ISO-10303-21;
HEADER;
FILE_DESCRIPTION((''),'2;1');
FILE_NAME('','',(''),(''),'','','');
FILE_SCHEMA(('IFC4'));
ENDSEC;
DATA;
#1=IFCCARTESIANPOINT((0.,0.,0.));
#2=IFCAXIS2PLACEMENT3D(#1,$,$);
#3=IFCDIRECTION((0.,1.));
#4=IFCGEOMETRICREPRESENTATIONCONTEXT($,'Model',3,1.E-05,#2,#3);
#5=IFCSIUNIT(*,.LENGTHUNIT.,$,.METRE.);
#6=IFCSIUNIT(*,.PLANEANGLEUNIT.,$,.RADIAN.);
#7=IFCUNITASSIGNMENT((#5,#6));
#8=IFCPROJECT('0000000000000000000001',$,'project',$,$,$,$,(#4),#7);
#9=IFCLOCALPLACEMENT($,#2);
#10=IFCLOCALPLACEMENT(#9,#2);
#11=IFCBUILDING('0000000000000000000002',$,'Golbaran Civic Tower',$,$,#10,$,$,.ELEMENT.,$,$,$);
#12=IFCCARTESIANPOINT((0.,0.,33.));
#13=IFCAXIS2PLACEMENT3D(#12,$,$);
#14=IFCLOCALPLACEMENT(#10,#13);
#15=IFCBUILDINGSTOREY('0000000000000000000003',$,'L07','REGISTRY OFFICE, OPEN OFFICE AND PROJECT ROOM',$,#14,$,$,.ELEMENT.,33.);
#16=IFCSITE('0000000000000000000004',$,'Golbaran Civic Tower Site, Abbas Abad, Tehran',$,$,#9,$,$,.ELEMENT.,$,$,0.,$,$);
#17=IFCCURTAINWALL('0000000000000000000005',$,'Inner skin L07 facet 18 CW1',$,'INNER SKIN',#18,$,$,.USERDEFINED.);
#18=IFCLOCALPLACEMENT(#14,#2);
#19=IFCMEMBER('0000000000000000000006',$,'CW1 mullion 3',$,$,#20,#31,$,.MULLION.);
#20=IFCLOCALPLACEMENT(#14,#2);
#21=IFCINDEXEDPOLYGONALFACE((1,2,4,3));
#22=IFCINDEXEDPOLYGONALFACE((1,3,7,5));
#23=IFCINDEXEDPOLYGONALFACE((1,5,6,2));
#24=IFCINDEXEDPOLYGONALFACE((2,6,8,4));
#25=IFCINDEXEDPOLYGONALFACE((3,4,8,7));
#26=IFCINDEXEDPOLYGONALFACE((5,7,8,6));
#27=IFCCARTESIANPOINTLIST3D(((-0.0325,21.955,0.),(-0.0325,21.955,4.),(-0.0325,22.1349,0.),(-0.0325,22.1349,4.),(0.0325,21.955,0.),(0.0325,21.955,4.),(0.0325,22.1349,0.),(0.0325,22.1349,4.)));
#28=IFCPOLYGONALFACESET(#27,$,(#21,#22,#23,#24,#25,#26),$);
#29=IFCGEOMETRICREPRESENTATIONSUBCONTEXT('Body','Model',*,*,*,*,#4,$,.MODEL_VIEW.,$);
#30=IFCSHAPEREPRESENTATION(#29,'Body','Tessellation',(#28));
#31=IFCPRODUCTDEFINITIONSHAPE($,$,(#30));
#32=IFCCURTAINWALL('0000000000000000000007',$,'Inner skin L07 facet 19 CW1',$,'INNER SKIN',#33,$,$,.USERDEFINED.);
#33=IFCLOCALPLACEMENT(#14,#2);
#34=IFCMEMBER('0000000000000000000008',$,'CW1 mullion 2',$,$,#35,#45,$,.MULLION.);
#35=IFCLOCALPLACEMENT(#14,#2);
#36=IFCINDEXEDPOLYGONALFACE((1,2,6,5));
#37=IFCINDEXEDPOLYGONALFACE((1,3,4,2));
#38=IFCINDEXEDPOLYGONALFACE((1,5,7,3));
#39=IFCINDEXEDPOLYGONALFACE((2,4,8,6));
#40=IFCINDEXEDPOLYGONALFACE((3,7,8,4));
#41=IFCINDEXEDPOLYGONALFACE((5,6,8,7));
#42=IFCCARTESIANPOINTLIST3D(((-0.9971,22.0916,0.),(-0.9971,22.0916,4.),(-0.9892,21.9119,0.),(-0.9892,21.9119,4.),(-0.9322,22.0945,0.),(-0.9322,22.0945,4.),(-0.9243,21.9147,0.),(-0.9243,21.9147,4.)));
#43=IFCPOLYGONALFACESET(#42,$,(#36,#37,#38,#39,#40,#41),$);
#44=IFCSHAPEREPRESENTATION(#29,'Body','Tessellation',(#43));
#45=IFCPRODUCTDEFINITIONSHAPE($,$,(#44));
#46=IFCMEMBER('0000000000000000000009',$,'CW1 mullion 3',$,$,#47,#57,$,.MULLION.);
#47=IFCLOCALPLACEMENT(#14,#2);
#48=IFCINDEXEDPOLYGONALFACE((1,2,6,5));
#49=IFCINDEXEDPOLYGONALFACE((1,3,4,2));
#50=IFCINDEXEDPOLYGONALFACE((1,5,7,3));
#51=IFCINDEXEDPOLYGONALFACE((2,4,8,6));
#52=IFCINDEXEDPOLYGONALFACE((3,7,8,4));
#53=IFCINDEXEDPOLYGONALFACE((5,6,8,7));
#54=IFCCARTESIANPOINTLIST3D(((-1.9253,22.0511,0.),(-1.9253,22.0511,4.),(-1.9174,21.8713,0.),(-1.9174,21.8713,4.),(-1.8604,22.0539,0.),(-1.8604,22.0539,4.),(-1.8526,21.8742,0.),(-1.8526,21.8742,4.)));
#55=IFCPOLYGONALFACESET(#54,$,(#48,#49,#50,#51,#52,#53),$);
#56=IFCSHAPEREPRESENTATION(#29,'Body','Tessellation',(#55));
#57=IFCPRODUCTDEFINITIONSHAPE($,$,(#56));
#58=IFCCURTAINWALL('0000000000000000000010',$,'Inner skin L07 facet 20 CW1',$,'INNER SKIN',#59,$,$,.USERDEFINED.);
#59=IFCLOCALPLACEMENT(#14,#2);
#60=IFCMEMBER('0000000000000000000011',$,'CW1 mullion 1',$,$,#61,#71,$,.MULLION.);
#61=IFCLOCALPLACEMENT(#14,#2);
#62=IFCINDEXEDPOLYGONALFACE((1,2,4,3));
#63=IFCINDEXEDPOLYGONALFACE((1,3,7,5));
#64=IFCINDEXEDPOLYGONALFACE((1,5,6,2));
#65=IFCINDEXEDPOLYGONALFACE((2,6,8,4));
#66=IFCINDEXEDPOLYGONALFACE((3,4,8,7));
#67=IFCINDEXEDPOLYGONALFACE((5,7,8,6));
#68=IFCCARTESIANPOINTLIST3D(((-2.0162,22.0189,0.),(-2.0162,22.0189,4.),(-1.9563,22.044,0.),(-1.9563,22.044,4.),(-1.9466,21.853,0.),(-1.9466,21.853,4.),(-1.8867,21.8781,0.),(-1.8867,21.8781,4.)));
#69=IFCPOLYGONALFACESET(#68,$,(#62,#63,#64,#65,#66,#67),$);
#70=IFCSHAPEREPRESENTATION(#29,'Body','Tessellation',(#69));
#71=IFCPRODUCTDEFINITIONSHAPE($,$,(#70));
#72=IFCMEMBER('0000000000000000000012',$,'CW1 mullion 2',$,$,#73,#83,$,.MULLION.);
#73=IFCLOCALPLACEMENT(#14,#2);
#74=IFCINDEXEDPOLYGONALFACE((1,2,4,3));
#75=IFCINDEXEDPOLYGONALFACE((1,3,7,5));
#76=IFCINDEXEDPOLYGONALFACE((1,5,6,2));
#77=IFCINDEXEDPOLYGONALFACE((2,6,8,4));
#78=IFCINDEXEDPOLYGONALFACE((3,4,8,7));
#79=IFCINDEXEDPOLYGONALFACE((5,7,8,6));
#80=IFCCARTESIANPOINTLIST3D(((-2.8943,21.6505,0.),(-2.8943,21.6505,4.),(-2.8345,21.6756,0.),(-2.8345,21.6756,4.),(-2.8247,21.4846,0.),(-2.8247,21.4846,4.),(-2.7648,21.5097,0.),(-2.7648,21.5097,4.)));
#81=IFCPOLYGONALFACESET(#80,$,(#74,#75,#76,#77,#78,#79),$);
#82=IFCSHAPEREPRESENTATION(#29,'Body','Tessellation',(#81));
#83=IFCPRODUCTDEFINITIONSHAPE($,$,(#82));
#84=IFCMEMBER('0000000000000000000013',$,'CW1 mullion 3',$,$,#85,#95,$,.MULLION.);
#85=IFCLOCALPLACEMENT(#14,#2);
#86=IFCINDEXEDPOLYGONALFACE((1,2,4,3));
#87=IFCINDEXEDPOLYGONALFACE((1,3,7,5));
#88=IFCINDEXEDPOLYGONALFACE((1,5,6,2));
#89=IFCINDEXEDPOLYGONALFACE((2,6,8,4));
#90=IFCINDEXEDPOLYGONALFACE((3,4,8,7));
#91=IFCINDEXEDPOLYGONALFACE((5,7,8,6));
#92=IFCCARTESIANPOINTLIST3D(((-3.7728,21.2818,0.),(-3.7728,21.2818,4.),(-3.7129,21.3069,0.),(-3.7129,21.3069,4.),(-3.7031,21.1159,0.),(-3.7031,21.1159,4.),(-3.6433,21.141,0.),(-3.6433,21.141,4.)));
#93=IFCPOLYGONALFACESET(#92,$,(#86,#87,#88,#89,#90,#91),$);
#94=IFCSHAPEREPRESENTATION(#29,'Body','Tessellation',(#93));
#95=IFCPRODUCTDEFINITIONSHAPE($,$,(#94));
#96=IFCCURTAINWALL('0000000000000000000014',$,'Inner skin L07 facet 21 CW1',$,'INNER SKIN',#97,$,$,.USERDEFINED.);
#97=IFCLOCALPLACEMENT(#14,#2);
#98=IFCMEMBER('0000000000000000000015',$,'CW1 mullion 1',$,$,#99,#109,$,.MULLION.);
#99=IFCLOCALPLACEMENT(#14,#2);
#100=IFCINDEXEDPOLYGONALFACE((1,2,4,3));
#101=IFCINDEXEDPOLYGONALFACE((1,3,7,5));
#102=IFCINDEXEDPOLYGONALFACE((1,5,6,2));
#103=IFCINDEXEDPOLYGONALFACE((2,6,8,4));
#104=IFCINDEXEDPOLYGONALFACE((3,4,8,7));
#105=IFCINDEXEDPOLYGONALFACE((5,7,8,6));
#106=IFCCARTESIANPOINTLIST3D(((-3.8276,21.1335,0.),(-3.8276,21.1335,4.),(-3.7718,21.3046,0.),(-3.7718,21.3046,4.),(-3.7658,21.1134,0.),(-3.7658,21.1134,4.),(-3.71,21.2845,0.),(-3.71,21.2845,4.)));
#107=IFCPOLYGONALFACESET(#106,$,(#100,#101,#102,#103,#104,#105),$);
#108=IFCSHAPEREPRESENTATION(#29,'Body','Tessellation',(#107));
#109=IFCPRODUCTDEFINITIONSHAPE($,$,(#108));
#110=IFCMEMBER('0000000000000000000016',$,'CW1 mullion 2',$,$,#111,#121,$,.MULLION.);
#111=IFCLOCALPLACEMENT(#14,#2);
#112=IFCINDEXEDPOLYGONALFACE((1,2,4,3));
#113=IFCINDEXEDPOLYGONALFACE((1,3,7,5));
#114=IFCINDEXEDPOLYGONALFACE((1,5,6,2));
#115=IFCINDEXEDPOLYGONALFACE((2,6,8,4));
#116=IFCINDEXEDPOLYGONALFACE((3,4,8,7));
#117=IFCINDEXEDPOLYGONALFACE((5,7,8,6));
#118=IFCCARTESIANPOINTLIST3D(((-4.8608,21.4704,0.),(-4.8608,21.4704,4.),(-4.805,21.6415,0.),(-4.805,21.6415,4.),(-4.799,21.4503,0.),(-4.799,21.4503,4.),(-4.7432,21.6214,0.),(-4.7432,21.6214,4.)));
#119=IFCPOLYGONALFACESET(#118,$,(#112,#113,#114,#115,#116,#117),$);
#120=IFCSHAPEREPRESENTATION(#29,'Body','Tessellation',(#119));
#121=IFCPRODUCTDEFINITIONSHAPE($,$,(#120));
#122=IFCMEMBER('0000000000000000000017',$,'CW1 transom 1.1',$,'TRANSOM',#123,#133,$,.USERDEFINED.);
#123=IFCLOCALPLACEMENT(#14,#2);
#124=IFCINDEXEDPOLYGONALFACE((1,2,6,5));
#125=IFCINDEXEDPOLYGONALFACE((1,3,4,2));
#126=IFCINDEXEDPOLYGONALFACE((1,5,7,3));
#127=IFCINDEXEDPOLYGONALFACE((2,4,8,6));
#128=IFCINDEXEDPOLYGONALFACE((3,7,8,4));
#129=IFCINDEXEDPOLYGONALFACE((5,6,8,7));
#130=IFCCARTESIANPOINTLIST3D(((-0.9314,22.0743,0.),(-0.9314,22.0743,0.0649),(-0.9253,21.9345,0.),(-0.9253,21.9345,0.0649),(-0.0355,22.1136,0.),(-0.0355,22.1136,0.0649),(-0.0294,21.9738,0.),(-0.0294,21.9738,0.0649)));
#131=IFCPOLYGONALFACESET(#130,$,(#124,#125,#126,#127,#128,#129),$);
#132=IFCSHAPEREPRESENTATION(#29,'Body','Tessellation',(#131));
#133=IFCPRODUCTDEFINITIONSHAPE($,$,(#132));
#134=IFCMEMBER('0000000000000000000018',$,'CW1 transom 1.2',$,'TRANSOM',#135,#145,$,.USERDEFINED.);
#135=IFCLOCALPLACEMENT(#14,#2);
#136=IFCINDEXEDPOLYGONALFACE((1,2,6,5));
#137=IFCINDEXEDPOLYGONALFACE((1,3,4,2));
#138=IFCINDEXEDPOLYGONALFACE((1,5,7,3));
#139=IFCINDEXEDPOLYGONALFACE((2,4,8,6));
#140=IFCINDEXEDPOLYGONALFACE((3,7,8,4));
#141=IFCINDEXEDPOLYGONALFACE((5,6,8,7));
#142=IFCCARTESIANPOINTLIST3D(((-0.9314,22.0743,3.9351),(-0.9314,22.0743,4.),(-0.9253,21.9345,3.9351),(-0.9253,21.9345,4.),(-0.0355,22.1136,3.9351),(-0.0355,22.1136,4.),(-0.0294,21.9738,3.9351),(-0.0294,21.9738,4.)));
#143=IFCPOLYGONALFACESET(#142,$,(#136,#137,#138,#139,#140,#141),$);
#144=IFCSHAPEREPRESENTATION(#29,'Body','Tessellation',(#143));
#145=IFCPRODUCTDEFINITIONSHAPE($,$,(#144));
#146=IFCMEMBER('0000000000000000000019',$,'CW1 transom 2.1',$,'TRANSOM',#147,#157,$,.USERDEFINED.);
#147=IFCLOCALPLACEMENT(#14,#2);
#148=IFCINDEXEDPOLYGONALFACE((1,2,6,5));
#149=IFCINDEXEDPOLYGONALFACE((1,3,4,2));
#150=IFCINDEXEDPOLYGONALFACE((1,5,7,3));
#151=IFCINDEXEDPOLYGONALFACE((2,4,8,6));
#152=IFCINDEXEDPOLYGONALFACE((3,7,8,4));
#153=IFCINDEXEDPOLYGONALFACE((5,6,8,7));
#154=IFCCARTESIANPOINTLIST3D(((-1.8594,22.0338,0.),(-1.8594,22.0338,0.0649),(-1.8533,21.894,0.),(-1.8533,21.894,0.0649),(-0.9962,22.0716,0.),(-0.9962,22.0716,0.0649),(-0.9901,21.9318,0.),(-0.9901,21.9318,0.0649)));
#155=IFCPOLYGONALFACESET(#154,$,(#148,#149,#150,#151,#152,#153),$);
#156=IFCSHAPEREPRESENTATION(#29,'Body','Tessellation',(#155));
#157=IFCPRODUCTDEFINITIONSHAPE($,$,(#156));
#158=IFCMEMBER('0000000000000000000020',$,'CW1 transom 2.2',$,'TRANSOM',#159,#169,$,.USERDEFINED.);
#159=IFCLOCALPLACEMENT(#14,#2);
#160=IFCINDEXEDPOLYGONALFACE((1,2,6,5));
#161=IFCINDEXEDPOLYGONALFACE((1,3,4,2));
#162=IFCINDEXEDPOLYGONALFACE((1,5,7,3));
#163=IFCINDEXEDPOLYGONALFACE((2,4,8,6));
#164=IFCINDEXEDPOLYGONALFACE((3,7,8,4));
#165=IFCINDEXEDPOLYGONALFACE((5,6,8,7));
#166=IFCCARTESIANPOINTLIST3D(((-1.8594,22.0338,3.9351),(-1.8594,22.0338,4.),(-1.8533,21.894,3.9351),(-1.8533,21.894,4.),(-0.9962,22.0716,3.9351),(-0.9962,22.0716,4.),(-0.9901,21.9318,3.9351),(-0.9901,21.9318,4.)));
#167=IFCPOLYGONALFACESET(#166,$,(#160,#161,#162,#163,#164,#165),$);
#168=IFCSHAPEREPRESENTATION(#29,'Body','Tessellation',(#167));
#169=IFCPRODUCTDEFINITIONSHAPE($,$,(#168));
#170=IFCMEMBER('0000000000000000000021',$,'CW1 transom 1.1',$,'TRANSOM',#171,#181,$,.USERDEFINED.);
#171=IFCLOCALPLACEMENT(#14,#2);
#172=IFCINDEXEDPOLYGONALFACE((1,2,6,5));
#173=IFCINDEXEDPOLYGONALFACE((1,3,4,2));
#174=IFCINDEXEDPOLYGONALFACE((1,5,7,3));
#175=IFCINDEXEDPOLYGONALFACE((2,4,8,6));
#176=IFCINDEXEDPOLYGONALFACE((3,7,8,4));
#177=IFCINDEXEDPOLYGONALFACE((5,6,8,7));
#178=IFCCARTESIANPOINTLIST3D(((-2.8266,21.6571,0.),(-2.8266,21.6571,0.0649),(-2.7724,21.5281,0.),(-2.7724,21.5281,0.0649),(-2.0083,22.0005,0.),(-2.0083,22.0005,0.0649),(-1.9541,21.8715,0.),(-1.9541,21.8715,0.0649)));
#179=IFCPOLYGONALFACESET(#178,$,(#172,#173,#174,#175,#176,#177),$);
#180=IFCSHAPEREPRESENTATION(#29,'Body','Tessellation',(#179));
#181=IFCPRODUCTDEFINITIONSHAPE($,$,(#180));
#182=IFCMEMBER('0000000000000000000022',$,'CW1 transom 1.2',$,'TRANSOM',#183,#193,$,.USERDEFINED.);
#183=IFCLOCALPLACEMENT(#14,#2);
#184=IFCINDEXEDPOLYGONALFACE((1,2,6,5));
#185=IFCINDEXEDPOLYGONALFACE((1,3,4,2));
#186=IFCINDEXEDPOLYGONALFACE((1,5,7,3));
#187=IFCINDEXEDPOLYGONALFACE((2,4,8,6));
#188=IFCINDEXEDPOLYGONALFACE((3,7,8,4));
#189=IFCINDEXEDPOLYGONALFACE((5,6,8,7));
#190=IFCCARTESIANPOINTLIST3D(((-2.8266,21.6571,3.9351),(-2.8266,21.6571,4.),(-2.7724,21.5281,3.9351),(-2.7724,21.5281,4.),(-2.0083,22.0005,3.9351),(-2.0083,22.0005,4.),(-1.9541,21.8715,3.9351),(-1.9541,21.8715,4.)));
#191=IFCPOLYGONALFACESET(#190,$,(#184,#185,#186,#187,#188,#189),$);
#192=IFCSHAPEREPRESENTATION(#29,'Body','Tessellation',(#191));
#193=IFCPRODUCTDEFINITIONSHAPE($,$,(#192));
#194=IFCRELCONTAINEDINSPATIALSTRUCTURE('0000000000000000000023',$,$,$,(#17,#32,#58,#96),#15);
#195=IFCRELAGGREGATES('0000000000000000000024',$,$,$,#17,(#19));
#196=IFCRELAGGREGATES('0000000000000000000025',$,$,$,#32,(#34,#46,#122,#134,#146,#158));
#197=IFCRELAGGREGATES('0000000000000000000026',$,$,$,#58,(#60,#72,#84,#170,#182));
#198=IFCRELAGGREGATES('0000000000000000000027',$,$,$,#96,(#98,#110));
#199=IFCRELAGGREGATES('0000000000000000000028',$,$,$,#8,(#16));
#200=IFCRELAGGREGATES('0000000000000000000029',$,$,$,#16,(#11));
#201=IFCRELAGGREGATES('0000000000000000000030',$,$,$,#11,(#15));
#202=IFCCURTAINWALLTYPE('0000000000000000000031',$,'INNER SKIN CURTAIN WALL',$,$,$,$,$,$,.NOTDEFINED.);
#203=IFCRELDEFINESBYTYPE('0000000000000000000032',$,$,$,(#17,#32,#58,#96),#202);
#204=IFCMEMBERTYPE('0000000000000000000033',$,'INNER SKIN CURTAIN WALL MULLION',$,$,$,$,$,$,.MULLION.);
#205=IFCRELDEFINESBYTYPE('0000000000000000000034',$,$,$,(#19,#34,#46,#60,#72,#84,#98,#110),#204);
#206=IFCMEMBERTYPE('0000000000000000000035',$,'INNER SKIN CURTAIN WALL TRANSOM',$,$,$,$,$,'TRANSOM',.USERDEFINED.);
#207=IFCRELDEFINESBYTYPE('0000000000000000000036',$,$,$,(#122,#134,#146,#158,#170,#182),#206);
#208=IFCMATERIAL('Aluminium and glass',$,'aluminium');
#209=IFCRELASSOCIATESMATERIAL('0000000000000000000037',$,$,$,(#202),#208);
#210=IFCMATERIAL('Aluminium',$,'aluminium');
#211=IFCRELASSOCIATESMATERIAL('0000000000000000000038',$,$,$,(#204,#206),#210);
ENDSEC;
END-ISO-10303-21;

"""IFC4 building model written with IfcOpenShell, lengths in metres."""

from ifc_helpers import new_model, si_unit, direction, frame, origin, origin_2d, place, context, subcontext, project, spatial, rectangle, extrude, material, material_profile, profile_set, type_object, element, aggregate, save


model = new_model("IFC4")

# Units and contexts
model_context = context("Model", 3, precision=1e-05, world=origin(), true_north=direction((0.0, 1.0)))
body_context = subcontext(model_context, "Body", "Model", "MODEL_VIEW")
ifc_project = project(units=[si_unit("LENGTHUNIT", "METRE"), si_unit("PLANEANGLEUNIT", "RADIAN")], contexts=[model_context])

# Site, building, storey
site_placement = place(None, origin())
site = spatial("IfcSite", under=ifc_project, at=site_placement, Name="Golbaran Civic Tower Site, Abbas Abad, Tehran", CompositionType="ELEMENT", RefElevation=0.0)
building_placement = place(site_placement, origin())
building = spatial("IfcBuilding", under=site, at=building_placement, Name="Golbaran Civic Tower", CompositionType="ELEMENT")
storey_placement = place(building_placement, frame((0.0, 0.0, 33.0)))
storey = spatial("IfcBuildingStorey", under=building, at=storey_placement, Name="L07", Description="REGISTRY OFFICE, OPEN OFFICE AND PROJECT ROOM", CompositionType="ELEMENT", Elevation=33.0)

# Curtain wall, member
ifc_material_1 = material(Name="Aluminium and glass", Category="aluminium")
curtain_wall_type = type_object("IfcCurtainWallType", Name="INNER SKIN CURTAIN WALL", PredefinedType="NOTDEFINED", material=ifc_material_1)
curtain_wall_1_placement = place(storey_placement, origin())
curtain_wall_1 = element("IfcCurtainWall", 1, at=curtain_wall_1_placement, inside=storey, type_object=curtain_wall_type, Name="Inner skin L07 facet 18 CW1", ObjectType="INNER SKIN", PredefinedType="USERDEFINED")
ifc_material_2 = material(Name="Aluminium", Category="aluminium")
ifc_material_profile_1 = material_profile(ifc_material_2, rectangle(XDim=0.1799, YDim=0.0649, at=origin_2d()), Name="INNER SKIN CURTAIN WALL MULLION")
ifc_profile_set_1 = profile_set([ifc_material_profile_1], Name="Aluminium")
member_type_1 = type_object("IfcMemberType", Name="INNER SKIN CURTAIN WALL MULLION", PredefinedType="MULLION", material=ifc_profile_set_1)
member_1_placement = place(storey_placement, frame((0.0, 22.0449, 0.0), z_axis=(0.0, 0.0, 1.0), x_axis=(0.0, -1.0, 0.0)))
member_1 = element("IfcMember", 2, at=member_1_placement, type_object=member_type_1, Name="CW1 mullion 3", PredefinedType="MULLION", context=body_context, shape_type="SweptSolid", body=[
    extrude(rectangle(XDim=0.1799, YDim=0.0649, at=origin_2d()), origin(), (0.0, 0.0, 1.0), 4.0),
])
aggregate(curtain_wall_1, [member_1])

# Curtain walls, members
curtain_wall_2_placement = place(storey_placement, origin())
curtain_wall_2 = element("IfcCurtainWall", 3, at=curtain_wall_2_placement, inside=storey, type_object=curtain_wall_type, Name="Inner skin L07 facet 19 CW1", ObjectType="INNER SKIN", PredefinedType="USERDEFINED")
member_2_placement = place(storey_placement, frame((-0.9607, 22.0032, 0.0), z_axis=(0.0, 0.0, 1.0), x_axis=(0.043619, -0.999048, 0.0)))
member_2 = element("IfcMember", 4, at=member_2_placement, type_object=member_type_1, Name="CW1 mullion 2", PredefinedType="MULLION", context=body_context, shape_type="SweptSolid", body=[
    extrude(rectangle(XDim=0.1799, YDim=0.0649, at=origin_2d()), origin(), (0.0, 0.0, 1.0), 4.0),
])
member_3_placement = place(storey_placement, frame((-1.8889, 21.9626, 0.0), z_axis=(0.0, 0.0, 1.0), x_axis=(0.043619, -0.999048, 0.0)))
member_3 = element("IfcMember", 5, at=member_3_placement, type_object=member_type_1, Name="CW1 mullion 3", PredefinedType="MULLION", context=body_context, shape_type="SweptSolid", body=[
    extrude(rectangle(XDim=0.1799, YDim=0.0649, at=origin_2d()), origin(), (0.0, 0.0, 1.0), 4.0),
])
curtain_wall_3_placement = place(storey_placement, origin())
curtain_wall_3 = element("IfcCurtainWall", 6, at=curtain_wall_3_placement, inside=storey, type_object=curtain_wall_type, Name="Inner skin L07 facet 20 CW1", ObjectType="INNER SKIN", PredefinedType="USERDEFINED")
member_4_placement = place(storey_placement, frame((-1.9514, 21.9485, 0.0), z_axis=(0.0, 0.0, 1.0), x_axis=(0.386873, -0.922133, 0.0)))
member_4 = element("IfcMember", 7, at=member_4_placement, type_object=member_type_1, Name="CW1 mullion 1", PredefinedType="MULLION", context=body_context, shape_type="SweptSolid", body=[
    extrude(rectangle(XDim=0.1799, YDim=0.0649, at=origin_2d()), origin(), (0.0, 0.0, 1.0), 4.0),
])
member_5_placement = place(storey_placement, frame((-2.8296, 21.5801, 0.0), z_axis=(0.0, 0.0, 1.0), x_axis=(0.386873, -0.922133, 0.0)))
member_5 = element("IfcMember", 8, at=member_5_placement, type_object=member_type_1, Name="CW1 mullion 2", PredefinedType="MULLION", context=body_context, shape_type="SweptSolid", body=[
    extrude(rectangle(XDim=0.1799, YDim=0.0649, at=origin_2d()), origin(), (0.0, 0.0, 1.0), 4.0),
])
member_6_placement = place(storey_placement, frame((-3.708, 21.2114, 0.0), z_axis=(0.0, 0.0, 1.0), x_axis=(0.386873, -0.922133, 0.0)))
member_6 = element("IfcMember", 9, at=member_6_placement, type_object=member_type_1, Name="CW1 mullion 3", PredefinedType="MULLION", context=body_context, shape_type="SweptSolid", body=[
    extrude(rectangle(XDim=0.1799, YDim=0.0649, at=origin_2d()), origin(), (0.0, 0.0, 1.0), 4.0),
])
curtain_wall_4_placement = place(storey_placement, origin())
curtain_wall_4 = element("IfcCurtainWall", 10, at=curtain_wall_4_placement, inside=storey, type_object=curtain_wall_type, Name="Inner skin L07 facet 21 CW1", ObjectType="INNER SKIN", PredefinedType="USERDEFINED")
member_7_placement = place(storey_placement, frame((-3.7688, 21.209, 0.0), z_axis=(0.0, 0.0, 1.0), x_axis=(-0.309925, -0.950761, 0.0)))
member_7 = element("IfcMember", 11, at=member_7_placement, type_object=member_type_1, Name="CW1 mullion 1", PredefinedType="MULLION", context=body_context, shape_type="SweptSolid", body=[
    extrude(rectangle(XDim=0.1799, YDim=0.0649, at=origin_2d()), origin(), (0.0, 0.0, 1.0), 4.0),
])
member_8_placement = place(storey_placement, frame((-4.802, 21.5459, 0.0), z_axis=(0.0, 0.0, 1.0), x_axis=(-0.309925, -0.950761, 0.0)))
member_8 = element("IfcMember", 12, at=member_8_placement, type_object=member_type_1, Name="CW1 mullion 2", PredefinedType="MULLION", context=body_context, shape_type="SweptSolid", body=[
    extrude(rectangle(XDim=0.1799, YDim=0.0649, at=origin_2d()), origin(), (0.0, 0.0, 1.0), 4.0),
])

# Members
ifc_material_profile_2 = material_profile(ifc_material_2, rectangle(XDim=0.1399, YDim=0.0649, at=origin_2d()), Name="INNER SKIN CURTAIN WALL TRANSOM")
ifc_profile_set_2 = profile_set([ifc_material_profile_2], Name="Aluminium")
member_type_2 = type_object("IfcMemberType", Name="INNER SKIN CURTAIN WALL TRANSOM", ElementType="TRANSOM", PredefinedType="USERDEFINED", material=ifc_profile_set_2)
member_9_placement = place(storey_placement, frame((-0.0325, 22.0437, 0.0325), z_axis=(-0.999039, -0.043839, 0.0), x_axis=(0.043839, -0.999039, 0.0)))
member_9 = element("IfcMember", 13, at=member_9_placement, type_object=member_type_2, Name="CW1 transom 1.1", ObjectType="TRANSOM", PredefinedType="USERDEFINED", context=body_context, shape_type="SweptSolid", body=[
    extrude(rectangle(XDim=0.1399, YDim=0.0649, at=origin_2d()), origin(), (0.0, 0.0, 1.0), 0.8967),
])
member_10_placement = place(storey_placement, frame((-0.0325, 22.0437, 3.9675), z_axis=(-0.999039, -0.043839, 0.0), x_axis=(0.043839, -0.999039, 0.0)))
member_10 = element("IfcMember", 14, at=member_10_placement, type_object=member_type_2, Name="CW1 transom 1.2", ObjectType="TRANSOM", PredefinedType="USERDEFINED", context=body_context, shape_type="SweptSolid", body=[
    extrude(rectangle(XDim=0.1399, YDim=0.0649, at=origin_2d()), origin(), (0.0, 0.0, 1.0), 0.8967),
])
member_11_placement = place(storey_placement, frame((-0.9932, 22.0017, 0.0325), z_axis=(-0.999041, -0.043793, 0.0), x_axis=(0.043793, -0.999041, 0.0)))
member_11 = element("IfcMember", 15, at=member_11_placement, type_object=member_type_2, Name="CW1 transom 2.1", ObjectType="TRANSOM", PredefinedType="USERDEFINED", context=body_context, shape_type="SweptSolid", body=[
    extrude(rectangle(XDim=0.1399, YDim=0.0649, at=origin_2d()), origin(), (0.0, 0.0, 1.0), 0.864),
])
member_12_placement = place(storey_placement, frame((-0.9932, 22.0017, 3.9675), z_axis=(-0.999041, -0.043793, 0.0), x_axis=(0.043793, -0.999041, 0.0)))
member_12 = element("IfcMember", 16, at=member_12_placement, type_object=member_type_2, Name="CW1 transom 2.2", ObjectType="TRANSOM", PredefinedType="USERDEFINED", context=body_context, shape_type="SweptSolid", body=[
    extrude(rectangle(XDim=0.1399, YDim=0.0649, at=origin_2d()), origin(), (0.0, 0.0, 1.0), 0.864),
])
member_13_placement = place(storey_placement, frame((-1.9812, 21.936, 0.0325), z_axis=(-0.922065, -0.387036, 0.0), x_axis=(0.387036, -0.922065, 0.0)))
member_13 = element("IfcMember", 17, at=member_13_placement, type_object=member_type_2, Name="CW1 transom 1.1", ObjectType="TRANSOM", PredefinedType="USERDEFINED", context=body_context, shape_type="SweptSolid", body=[
    extrude(rectangle(XDim=0.1399, YDim=0.0649, at=origin_2d()), origin(), (0.0, 0.0, 1.0), 0.8875),
])
member_14_placement = place(storey_placement, frame((-1.9812, 21.936, 3.9675), z_axis=(-0.922065, -0.387036, 0.0), x_axis=(0.387036, -0.922065, 0.0)))
member_14 = element("IfcMember", 18, at=member_14_placement, type_object=member_type_2, Name="CW1 transom 1.2", ObjectType="TRANSOM", PredefinedType="USERDEFINED", context=body_context, shape_type="SweptSolid", body=[
    extrude(rectangle(XDim=0.1399, YDim=0.0649, at=origin_2d()), origin(), (0.0, 0.0, 1.0), 0.8875),
])

aggregate(curtain_wall_2, [member_2, member_3, member_9, member_10, member_11, member_12])
aggregate(curtain_wall_3, [member_4, member_5, member_6, member_13, member_14])
aggregate(curtain_wall_4, [member_7, member_8])

save(model, "model.ifc")
